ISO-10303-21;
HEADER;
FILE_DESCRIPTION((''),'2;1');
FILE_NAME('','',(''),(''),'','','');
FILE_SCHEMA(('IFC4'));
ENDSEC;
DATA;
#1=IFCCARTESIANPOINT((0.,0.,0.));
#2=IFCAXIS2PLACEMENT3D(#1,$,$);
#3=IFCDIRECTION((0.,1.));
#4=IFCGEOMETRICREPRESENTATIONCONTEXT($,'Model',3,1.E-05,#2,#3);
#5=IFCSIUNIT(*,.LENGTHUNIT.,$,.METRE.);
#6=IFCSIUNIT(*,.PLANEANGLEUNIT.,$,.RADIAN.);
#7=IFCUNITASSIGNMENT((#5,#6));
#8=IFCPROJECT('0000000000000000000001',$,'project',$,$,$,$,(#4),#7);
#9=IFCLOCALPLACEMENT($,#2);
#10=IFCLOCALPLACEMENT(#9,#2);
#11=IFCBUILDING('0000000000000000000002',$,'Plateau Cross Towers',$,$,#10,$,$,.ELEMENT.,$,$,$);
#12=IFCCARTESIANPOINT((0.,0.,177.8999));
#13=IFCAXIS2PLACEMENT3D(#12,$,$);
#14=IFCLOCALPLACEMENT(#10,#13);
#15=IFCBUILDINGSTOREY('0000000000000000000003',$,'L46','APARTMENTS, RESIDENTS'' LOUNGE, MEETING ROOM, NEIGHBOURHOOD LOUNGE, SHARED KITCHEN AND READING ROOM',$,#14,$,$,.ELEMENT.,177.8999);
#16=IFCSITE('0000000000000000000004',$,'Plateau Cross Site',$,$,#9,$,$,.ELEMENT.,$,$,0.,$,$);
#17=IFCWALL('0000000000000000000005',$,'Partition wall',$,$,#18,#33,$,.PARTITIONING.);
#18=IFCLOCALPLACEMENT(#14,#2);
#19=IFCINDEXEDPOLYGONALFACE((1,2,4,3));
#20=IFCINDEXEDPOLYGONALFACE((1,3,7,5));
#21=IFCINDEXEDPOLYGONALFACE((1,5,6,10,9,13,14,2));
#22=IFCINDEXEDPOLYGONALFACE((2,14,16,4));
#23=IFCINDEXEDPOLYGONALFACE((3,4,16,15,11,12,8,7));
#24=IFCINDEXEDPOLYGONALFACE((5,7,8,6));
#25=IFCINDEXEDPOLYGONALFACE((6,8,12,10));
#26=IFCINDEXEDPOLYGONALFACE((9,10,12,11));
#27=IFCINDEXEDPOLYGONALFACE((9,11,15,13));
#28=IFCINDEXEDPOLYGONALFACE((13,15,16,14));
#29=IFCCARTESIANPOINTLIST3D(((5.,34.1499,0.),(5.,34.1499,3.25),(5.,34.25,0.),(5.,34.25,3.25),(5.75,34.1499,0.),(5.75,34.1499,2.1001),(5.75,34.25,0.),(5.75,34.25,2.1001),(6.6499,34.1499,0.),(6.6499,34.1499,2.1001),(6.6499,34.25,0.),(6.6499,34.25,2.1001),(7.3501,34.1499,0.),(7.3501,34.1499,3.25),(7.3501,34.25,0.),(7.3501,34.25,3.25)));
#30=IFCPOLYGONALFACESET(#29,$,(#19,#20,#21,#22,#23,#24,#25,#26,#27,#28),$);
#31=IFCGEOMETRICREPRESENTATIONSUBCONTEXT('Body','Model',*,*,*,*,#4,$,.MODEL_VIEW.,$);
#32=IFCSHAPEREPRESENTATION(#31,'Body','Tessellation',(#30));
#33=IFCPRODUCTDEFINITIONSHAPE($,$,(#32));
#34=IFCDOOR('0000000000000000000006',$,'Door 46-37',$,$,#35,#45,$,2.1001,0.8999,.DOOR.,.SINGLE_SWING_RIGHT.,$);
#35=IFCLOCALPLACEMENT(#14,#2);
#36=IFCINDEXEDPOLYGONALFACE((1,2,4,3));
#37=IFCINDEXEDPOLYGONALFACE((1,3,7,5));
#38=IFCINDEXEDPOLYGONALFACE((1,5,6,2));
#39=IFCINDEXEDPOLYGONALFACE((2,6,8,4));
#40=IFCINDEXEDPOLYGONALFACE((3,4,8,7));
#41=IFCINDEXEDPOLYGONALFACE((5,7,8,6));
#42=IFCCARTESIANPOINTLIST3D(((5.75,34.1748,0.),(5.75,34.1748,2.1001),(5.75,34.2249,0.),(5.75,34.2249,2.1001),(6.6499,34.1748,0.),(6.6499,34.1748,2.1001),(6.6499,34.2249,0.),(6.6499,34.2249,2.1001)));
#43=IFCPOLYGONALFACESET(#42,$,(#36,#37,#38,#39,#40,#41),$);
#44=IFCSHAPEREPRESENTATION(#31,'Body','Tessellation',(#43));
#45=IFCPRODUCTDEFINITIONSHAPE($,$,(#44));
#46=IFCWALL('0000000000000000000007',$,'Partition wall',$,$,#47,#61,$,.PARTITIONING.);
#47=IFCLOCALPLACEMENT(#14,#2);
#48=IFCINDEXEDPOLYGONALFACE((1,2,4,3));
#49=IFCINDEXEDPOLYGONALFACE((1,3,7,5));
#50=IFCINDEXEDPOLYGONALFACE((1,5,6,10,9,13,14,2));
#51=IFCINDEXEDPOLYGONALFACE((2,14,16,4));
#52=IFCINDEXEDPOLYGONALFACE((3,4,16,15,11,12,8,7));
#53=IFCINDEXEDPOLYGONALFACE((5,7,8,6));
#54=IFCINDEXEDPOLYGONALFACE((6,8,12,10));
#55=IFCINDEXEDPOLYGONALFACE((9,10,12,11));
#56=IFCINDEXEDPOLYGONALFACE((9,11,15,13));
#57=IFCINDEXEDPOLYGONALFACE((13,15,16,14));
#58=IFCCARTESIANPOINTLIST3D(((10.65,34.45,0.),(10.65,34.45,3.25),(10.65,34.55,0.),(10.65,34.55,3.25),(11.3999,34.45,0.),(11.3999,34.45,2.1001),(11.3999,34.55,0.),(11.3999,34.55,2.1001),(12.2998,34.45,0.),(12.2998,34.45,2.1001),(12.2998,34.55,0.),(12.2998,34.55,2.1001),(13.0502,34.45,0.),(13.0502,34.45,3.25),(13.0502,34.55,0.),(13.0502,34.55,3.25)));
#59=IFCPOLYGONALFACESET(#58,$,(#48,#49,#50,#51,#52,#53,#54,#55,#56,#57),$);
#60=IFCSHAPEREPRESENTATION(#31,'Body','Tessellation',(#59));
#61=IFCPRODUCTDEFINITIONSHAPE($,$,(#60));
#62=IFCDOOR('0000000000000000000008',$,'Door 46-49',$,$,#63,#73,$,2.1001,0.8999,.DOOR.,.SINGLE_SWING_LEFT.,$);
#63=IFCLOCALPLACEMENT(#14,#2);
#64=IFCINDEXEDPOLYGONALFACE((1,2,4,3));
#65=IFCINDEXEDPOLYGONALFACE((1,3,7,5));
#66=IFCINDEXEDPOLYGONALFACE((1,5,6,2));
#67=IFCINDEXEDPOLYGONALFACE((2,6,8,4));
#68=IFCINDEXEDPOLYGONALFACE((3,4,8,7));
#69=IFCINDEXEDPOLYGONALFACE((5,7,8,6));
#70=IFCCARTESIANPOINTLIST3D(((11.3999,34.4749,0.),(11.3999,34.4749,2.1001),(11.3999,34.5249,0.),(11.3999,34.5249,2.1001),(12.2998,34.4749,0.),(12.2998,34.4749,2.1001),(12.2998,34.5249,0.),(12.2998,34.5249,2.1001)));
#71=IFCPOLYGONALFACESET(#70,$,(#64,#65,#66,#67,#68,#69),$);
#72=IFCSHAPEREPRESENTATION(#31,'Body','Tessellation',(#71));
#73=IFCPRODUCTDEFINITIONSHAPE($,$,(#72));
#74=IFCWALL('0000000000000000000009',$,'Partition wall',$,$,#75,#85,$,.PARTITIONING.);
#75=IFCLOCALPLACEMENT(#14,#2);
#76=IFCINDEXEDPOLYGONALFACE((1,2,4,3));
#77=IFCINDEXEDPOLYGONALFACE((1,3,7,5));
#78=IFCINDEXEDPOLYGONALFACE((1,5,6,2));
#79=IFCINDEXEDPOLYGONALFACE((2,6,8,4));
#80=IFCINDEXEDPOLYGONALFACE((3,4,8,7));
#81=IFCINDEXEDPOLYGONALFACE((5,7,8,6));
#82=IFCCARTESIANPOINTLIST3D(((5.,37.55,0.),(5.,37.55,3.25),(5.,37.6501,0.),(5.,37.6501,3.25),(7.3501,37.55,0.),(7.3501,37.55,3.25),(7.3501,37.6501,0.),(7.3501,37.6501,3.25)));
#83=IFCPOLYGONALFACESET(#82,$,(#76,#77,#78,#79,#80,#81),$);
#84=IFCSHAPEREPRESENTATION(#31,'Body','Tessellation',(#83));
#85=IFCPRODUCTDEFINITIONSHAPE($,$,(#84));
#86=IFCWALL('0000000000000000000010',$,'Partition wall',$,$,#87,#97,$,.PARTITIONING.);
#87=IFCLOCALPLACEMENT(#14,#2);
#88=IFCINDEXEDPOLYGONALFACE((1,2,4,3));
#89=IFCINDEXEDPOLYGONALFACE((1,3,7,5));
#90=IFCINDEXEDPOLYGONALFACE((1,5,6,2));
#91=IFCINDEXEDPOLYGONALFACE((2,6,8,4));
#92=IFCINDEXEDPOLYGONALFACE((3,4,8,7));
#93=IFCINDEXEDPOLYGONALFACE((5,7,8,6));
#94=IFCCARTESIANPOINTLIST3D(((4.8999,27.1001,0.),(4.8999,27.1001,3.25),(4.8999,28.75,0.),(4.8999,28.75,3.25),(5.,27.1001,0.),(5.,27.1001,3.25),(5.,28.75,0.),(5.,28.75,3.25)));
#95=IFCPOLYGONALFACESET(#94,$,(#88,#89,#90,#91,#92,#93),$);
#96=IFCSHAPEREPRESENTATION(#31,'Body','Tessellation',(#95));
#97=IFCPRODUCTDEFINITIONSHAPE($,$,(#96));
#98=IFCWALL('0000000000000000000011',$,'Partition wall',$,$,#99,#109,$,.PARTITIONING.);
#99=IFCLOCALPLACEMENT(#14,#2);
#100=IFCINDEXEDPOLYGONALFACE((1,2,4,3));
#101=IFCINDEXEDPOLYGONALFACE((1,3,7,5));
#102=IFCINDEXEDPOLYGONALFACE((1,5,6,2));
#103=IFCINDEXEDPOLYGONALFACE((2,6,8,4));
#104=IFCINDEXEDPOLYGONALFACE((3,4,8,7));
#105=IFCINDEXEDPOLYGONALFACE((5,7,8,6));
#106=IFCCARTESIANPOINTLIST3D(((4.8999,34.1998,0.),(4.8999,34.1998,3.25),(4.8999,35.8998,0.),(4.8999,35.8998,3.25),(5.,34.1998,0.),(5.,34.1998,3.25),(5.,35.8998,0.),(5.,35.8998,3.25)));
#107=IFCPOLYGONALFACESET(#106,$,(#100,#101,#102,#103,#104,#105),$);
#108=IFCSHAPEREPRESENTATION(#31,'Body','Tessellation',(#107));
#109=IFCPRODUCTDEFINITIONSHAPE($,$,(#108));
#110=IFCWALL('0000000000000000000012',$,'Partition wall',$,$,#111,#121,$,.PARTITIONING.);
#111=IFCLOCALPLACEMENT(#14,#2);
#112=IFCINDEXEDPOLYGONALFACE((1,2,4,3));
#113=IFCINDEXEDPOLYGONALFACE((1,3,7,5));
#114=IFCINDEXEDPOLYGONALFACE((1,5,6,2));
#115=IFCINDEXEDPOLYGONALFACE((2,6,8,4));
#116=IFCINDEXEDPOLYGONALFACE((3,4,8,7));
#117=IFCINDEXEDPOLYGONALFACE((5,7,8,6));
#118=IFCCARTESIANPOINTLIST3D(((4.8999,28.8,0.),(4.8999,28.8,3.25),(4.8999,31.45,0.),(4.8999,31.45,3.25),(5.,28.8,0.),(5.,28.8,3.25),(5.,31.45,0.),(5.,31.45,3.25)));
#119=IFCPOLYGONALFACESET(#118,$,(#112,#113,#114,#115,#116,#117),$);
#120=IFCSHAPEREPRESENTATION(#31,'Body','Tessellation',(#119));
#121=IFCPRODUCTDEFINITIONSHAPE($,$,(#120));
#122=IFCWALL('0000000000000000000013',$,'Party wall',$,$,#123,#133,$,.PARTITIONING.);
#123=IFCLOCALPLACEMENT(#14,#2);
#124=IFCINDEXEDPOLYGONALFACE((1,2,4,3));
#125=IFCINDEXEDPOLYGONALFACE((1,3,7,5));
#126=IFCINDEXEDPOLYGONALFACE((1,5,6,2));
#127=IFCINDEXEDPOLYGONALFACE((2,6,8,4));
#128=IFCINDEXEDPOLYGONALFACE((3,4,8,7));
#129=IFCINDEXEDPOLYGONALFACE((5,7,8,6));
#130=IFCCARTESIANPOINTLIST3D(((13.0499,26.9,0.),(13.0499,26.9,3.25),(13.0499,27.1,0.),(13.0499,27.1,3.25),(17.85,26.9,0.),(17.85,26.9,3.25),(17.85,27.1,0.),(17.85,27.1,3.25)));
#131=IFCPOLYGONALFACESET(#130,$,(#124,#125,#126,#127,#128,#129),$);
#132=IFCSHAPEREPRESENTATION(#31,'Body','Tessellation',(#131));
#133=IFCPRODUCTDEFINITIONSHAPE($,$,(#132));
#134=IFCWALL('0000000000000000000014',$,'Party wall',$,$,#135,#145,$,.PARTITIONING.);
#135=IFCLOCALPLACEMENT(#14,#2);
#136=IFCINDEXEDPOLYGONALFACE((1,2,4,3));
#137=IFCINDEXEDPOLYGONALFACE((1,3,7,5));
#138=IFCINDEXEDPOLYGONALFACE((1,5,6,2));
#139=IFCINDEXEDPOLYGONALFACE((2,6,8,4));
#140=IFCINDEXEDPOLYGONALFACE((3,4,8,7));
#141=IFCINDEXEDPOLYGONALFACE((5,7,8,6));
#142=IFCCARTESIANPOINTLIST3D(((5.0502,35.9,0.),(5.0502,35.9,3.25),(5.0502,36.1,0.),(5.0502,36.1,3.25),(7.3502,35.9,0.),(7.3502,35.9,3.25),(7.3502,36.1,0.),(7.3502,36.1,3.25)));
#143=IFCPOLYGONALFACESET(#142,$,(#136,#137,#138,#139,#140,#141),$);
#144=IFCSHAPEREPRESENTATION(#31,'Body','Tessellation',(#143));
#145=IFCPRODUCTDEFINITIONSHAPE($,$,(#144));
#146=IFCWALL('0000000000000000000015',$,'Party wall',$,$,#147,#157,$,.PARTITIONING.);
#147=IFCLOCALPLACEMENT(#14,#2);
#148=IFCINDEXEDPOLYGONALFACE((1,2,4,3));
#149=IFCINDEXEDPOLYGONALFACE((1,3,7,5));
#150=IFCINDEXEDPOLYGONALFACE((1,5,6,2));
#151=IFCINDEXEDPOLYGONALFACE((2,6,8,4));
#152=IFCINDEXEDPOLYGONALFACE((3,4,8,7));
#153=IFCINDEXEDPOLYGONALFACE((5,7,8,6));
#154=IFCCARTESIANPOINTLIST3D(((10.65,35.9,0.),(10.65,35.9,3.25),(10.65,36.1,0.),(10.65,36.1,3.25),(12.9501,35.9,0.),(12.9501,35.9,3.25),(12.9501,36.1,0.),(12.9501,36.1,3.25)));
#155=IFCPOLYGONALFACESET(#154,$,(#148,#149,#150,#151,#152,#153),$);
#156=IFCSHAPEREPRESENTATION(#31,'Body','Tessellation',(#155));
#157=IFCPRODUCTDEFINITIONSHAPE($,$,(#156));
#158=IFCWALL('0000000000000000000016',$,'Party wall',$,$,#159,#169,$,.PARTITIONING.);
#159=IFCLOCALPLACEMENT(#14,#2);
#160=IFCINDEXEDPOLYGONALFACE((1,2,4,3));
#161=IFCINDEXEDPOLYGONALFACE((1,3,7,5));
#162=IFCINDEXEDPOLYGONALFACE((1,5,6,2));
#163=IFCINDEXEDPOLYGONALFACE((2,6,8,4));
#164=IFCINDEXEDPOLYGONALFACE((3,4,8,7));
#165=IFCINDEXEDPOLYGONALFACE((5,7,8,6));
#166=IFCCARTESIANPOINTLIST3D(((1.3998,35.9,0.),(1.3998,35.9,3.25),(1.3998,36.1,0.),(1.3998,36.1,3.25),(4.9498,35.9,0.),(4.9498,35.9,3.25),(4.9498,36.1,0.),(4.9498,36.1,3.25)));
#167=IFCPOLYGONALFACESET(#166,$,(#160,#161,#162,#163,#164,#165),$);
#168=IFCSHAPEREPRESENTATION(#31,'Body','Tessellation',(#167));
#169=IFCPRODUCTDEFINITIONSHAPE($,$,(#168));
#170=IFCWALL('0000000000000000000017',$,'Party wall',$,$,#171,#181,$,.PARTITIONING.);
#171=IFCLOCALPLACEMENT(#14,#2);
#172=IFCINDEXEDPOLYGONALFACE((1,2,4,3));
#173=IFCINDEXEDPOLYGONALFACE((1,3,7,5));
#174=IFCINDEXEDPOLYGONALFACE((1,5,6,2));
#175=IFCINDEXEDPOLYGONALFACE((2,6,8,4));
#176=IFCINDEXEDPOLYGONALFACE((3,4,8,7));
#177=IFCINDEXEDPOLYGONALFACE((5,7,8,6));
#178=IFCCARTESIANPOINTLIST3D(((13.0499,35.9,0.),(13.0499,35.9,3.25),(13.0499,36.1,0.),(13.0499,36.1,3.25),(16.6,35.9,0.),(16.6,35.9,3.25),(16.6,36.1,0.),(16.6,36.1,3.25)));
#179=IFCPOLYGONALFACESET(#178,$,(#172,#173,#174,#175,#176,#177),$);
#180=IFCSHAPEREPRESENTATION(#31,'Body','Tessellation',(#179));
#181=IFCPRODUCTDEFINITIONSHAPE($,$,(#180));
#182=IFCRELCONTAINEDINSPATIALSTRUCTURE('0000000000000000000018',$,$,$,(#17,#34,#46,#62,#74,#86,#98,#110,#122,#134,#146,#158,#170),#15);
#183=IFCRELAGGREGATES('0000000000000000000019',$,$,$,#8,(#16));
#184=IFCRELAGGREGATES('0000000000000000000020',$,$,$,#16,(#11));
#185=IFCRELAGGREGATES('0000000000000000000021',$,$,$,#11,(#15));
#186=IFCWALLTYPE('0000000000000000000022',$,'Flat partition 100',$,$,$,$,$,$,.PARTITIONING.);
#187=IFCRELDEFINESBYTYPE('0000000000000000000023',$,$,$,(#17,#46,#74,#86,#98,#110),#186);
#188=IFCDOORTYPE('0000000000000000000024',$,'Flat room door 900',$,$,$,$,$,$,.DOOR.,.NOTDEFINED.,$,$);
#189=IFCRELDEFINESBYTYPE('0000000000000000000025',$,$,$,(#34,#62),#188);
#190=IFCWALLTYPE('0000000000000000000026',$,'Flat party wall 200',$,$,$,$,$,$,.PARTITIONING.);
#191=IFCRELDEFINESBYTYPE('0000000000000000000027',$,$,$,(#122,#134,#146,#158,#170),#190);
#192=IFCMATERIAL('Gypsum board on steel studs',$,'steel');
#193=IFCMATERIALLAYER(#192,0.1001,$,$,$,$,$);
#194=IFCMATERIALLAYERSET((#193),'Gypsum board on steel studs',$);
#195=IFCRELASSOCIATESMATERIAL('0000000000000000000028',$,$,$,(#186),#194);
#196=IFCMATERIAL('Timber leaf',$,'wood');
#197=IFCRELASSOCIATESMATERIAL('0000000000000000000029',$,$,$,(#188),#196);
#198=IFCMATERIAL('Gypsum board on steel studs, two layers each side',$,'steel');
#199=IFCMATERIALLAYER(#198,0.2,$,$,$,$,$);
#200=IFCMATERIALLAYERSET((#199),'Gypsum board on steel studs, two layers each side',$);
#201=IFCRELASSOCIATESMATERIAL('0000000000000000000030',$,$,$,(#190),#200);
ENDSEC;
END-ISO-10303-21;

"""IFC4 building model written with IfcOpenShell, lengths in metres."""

from ifc_helpers import new_model, si_unit, direction, frame, frame_2d, origin, place, context, subcontext, project, spatial, rectangle, extrude, material, layer, layer_set, type_object, element, fill, save


model = new_model("IFC4")

# Units and contexts
model_context = context("Model", 3, precision=1e-05, world=origin(), true_north=direction((0.0, 1.0)))
body_context = subcontext(model_context, "Body", "Model", "MODEL_VIEW")
ifc_project = project(units=[si_unit("LENGTHUNIT", "METRE"), si_unit("PLANEANGLEUNIT", "RADIAN")], contexts=[model_context])

# Site, building, storey
site_placement = place(None, origin())
site = spatial("IfcSite", under=ifc_project, at=site_placement, Name="Plateau Cross Site", CompositionType="ELEMENT", RefElevation=0.0)
building_placement = place(site_placement, origin())
building = spatial("IfcBuilding", under=site, at=building_placement, Name="Plateau Cross Towers", CompositionType="ELEMENT")
storey_placement = place(building_placement, frame((0.0, 0.0, 177.8999)))
storey = spatial("IfcBuildingStorey", under=building, at=storey_placement, Name="L46", Description="APARTMENTS, RESIDENTS' LOUNGE, MEETING ROOM, NEIGHBOURHOOD LOUNGE, SHARED KITCHEN AND READING ROOM", CompositionType="ELEMENT", Elevation=177.8999)

# Walls, openings, doors
ifc_material_1 = material(Name="Gypsum board on steel studs", Category="steel")
ifc_layer_1 = layer(ifc_material_1, 0.1001)
ifc_layer_set_1 = layer_set([ifc_layer_1], Name="Gypsum board on steel studs")
wall_type_1 = type_object("IfcWallType", Name="Flat partition 100", PredefinedType="PARTITIONING", material=ifc_layer_set_1)
ifc_material_2 = material(Name="Timber leaf", Category="wood")
door_type_1 = type_object("IfcDoorType", Name="Flat room door 900", OperationType="NOTDEFINED", PredefinedType="DOOR", material=ifc_material_2)
wall_1_placement = place(storey_placement, frame((5.0, 34.2, 0.0), z_axis=(0.0, 0.0, 1.0), x_axis=(1.0, 0.0, 0.0)))
wall_1 = element("IfcWall", 1, at=wall_1_placement, inside=storey, type_object=wall_type_1, Name="Partition wall", PredefinedType="PARTITIONING", context=body_context, shape_type="SweptSolid", body=[
    extrude(rectangle(XDim=2.3501, YDim=0.1001, at=frame_2d((1.175, 0.0))), origin(), (0.0, 0.0, 1.0), 3.25),
])
opening_1_placement = place(wall_1_placement, frame((0.75, 0.0, 0.0)))
opening_1 = element("IfcOpeningElement", 2, at=opening_1_placement, cuts=wall_1, PredefinedType="OPENING", context=body_context, shape_type="SweptSolid", body=[
    extrude(rectangle(XDim=0.8999, YDim=2.1001, at=frame_2d((0.45, 1.05))), frame((0.0, 0.0601, 0.0), z_axis=(0.0, -1.0, 0.0), x_axis=(1.0, 0.0, 0.0)), (0.0, 0.0, 1.0), 0.1201),
])
door_1_placement = place(opening_1_placement, origin())
door_1 = element("IfcDoor", 3, at=door_1_placement, inside=storey, type_object=door_type_1, Name="Door 46-37", OperationType="SINGLE_SWING_RIGHT", OverallHeight=2.1001, OverallWidth=0.8999, PredefinedType="DOOR", context=body_context, shape_type="SweptSolid", body=[
    extrude(rectangle(XDim=0.8999, YDim=2.1001, at=frame_2d((0.45, 1.05))), frame((0.0, 0.0249, 0.0), z_axis=(0.0, -1.0, 0.0), x_axis=(1.0, 0.0, 0.0)), (0.0, 0.0, 1.0), 0.05),
])
fill(opening_1, door_1)
wall_2_placement = place(storey_placement, frame((10.6499, 34.5, 0.0), z_axis=(0.0, 0.0, 1.0), x_axis=(1.0, 0.0, 0.0)))
wall_2 = element("IfcWall", 4, at=wall_2_placement, inside=storey, type_object=wall_type_1, Name="Partition wall", PredefinedType="PARTITIONING", context=body_context, shape_type="SweptSolid", body=[
    extrude(rectangle(XDim=2.4001, YDim=0.1001, at=frame_2d((1.2002, 0.0))), origin(), (0.0, 0.0, 1.0), 3.25),
])
opening_2_placement = place(wall_2_placement, frame((0.75, 0.0, 0.0)))
opening_2 = element("IfcOpeningElement", 5, at=opening_2_placement, cuts=wall_2, PredefinedType="OPENING", context=body_context, shape_type="SweptSolid", body=[
    extrude(rectangle(XDim=0.8999, YDim=2.1001, at=frame_2d((0.45, 1.05))), frame((0.0, 0.0601, 0.0), z_axis=(0.0, -1.0, 0.0), x_axis=(1.0, 0.0, 0.0)), (0.0, 0.0, 1.0), 0.1201),
])
door_2_placement = place(opening_2_placement, origin())
door_2 = element("IfcDoor", 6, at=door_2_placement, inside=storey, type_object=door_type_1, Name="Door 46-49", OperationType="SINGLE_SWING_LEFT", OverallHeight=2.1001, OverallWidth=0.8999, PredefinedType="DOOR", context=body_context, shape_type="SweptSolid", body=[
    extrude(rectangle(XDim=0.8999, YDim=2.1001, at=frame_2d((0.45, 1.05))), frame((0.0, 0.0249, 0.0), z_axis=(0.0, -1.0, 0.0), x_axis=(1.0, 0.0, 0.0)), (0.0, 0.0, 1.0), 0.05),
])
fill(opening_2, door_2)

# Walls
wall_3_placement = place(storey_placement, frame((7.3501, 37.6001, 0.0), z_axis=(0.0, 0.0, 1.0), x_axis=(-1.0, 0.0, 0.0)))
element("IfcWall", 7, at=wall_3_placement, inside=storey, type_object=wall_type_1, Name="Partition wall", PredefinedType="PARTITIONING", context=body_context, shape_type="SweptSolid", body=[
    extrude(rectangle(XDim=2.3501, YDim=0.1001, at=frame_2d((1.175, 0.0))), origin(), (0.0, 0.0, 1.0), 3.25),
])
wall_4_placement = place(storey_placement, frame((4.95, 28.75, 0.0), z_axis=(0.0, 0.0, 1.0), x_axis=(0.0, -1.0, 0.0)))
element("IfcWall", 8, at=wall_4_placement, inside=storey, type_object=wall_type_1, Name="Partition wall", PredefinedType="PARTITIONING", context=body_context, shape_type="SweptSolid", body=[
    extrude(rectangle(XDim=1.6499, YDim=0.1001, at=frame_2d((0.825, 0.0))), origin(), (0.0, 0.0, 1.0), 3.25),
])
wall_5_placement = place(storey_placement, frame((4.95, 35.8999, 0.0), z_axis=(0.0, 0.0, 1.0), x_axis=(0.0, -1.0, 0.0)))
element("IfcWall", 9, at=wall_5_placement, inside=storey, type_object=wall_type_1, Name="Partition wall", PredefinedType="PARTITIONING", context=body_context, shape_type="SweptSolid", body=[
    extrude(rectangle(XDim=1.7, YDim=0.1001, at=frame_2d((0.8501, 0.0))), origin(), (0.0, 0.0, 1.0), 3.25),
])
wall_6_placement = place(storey_placement, frame((4.95, 28.8, 0.0), z_axis=(0.0, 0.0, 1.0), x_axis=(0.0, 1.0, 0.0)))
element("IfcWall", 10, at=wall_6_placement, inside=storey, type_object=wall_type_1, Name="Partition wall", PredefinedType="PARTITIONING", context=body_context, shape_type="SweptSolid", body=[
    extrude(rectangle(XDim=2.6499, YDim=0.1001, at=frame_2d((1.325, 0.0))), origin(), (0.0, 0.0, 1.0), 3.25),
])
ifc_material_3 = material(Name="Gypsum board on steel studs, two layers each side", Category="steel")
ifc_layer_2 = layer(ifc_material_3, 0.2)
ifc_layer_set_2 = layer_set([ifc_layer_2], Name="Gypsum board on steel studs, two layers each side")
wall_type_2 = type_object("IfcWallType", Name="Flat party wall 200", PredefinedType="PARTITIONING", material=ifc_layer_set_2)
wall_7_placement = place(storey_placement, frame((13.05, 27.0, 0.0), z_axis=(0.0, 0.0, 1.0), x_axis=(1.0, 0.0, 0.0)))
element("IfcWall", 11, at=wall_7_placement, inside=storey, type_object=wall_type_2, Name="Party wall", PredefinedType="PARTITIONING", context=body_context, shape_type="SweptSolid", body=[
    extrude(rectangle(XDim=4.8, YDim=0.2, at=frame_2d((2.3999, 0.0))), origin(), (0.0, 0.0, 1.0), 3.25),
])
for number, where, z_axis, x_axis, name in (
    (12, (7.3501, 36.0, 0.0), (0.0, 0.0, 1.0), (-1.0, 0.0, 0.0), "Party wall"),
    (13, (12.95, 36.0, 0.0), (0.0, 0.0, 1.0), (-1.0, 0.0, 0.0), "Party wall"),
):
    element("IfcWall", number, at=place(storey_placement, frame(where, z_axis=z_axis, x_axis=x_axis)), inside=storey, type_object=wall_type_2, Name=name, PredefinedType="PARTITIONING", context=body_context, shape_type="SweptSolid", body=[
        extrude(rectangle(XDim=2.3, YDim=0.2, at=frame_2d((1.1499, 0.0))), origin(), (0.0, 0.0, 1.0), 3.25),
    ])
for number, where, z_axis, x_axis, name in (
    (14, (1.3999, 36.0, 0.0), (0.0, 0.0, 1.0), (1.0, 0.0, 0.0), "Party wall"),
    (15, (13.05, 36.0, 0.0), (0.0, 0.0, 1.0), (1.0, 0.0, 0.0), "Party wall"),
):
    element("IfcWall", number, at=place(storey_placement, frame(where, z_axis=z_axis, x_axis=x_axis)), inside=storey, type_object=wall_type_2, Name=name, PredefinedType="PARTITIONING", context=body_context, shape_type="SweptSolid", body=[
        extrude(rectangle(XDim=3.55, YDim=0.2, at=frame_2d((1.7749, 0.0))), origin(), (0.0, 0.0, 1.0), 3.25),
    ])

save(model, "model.ifc")
